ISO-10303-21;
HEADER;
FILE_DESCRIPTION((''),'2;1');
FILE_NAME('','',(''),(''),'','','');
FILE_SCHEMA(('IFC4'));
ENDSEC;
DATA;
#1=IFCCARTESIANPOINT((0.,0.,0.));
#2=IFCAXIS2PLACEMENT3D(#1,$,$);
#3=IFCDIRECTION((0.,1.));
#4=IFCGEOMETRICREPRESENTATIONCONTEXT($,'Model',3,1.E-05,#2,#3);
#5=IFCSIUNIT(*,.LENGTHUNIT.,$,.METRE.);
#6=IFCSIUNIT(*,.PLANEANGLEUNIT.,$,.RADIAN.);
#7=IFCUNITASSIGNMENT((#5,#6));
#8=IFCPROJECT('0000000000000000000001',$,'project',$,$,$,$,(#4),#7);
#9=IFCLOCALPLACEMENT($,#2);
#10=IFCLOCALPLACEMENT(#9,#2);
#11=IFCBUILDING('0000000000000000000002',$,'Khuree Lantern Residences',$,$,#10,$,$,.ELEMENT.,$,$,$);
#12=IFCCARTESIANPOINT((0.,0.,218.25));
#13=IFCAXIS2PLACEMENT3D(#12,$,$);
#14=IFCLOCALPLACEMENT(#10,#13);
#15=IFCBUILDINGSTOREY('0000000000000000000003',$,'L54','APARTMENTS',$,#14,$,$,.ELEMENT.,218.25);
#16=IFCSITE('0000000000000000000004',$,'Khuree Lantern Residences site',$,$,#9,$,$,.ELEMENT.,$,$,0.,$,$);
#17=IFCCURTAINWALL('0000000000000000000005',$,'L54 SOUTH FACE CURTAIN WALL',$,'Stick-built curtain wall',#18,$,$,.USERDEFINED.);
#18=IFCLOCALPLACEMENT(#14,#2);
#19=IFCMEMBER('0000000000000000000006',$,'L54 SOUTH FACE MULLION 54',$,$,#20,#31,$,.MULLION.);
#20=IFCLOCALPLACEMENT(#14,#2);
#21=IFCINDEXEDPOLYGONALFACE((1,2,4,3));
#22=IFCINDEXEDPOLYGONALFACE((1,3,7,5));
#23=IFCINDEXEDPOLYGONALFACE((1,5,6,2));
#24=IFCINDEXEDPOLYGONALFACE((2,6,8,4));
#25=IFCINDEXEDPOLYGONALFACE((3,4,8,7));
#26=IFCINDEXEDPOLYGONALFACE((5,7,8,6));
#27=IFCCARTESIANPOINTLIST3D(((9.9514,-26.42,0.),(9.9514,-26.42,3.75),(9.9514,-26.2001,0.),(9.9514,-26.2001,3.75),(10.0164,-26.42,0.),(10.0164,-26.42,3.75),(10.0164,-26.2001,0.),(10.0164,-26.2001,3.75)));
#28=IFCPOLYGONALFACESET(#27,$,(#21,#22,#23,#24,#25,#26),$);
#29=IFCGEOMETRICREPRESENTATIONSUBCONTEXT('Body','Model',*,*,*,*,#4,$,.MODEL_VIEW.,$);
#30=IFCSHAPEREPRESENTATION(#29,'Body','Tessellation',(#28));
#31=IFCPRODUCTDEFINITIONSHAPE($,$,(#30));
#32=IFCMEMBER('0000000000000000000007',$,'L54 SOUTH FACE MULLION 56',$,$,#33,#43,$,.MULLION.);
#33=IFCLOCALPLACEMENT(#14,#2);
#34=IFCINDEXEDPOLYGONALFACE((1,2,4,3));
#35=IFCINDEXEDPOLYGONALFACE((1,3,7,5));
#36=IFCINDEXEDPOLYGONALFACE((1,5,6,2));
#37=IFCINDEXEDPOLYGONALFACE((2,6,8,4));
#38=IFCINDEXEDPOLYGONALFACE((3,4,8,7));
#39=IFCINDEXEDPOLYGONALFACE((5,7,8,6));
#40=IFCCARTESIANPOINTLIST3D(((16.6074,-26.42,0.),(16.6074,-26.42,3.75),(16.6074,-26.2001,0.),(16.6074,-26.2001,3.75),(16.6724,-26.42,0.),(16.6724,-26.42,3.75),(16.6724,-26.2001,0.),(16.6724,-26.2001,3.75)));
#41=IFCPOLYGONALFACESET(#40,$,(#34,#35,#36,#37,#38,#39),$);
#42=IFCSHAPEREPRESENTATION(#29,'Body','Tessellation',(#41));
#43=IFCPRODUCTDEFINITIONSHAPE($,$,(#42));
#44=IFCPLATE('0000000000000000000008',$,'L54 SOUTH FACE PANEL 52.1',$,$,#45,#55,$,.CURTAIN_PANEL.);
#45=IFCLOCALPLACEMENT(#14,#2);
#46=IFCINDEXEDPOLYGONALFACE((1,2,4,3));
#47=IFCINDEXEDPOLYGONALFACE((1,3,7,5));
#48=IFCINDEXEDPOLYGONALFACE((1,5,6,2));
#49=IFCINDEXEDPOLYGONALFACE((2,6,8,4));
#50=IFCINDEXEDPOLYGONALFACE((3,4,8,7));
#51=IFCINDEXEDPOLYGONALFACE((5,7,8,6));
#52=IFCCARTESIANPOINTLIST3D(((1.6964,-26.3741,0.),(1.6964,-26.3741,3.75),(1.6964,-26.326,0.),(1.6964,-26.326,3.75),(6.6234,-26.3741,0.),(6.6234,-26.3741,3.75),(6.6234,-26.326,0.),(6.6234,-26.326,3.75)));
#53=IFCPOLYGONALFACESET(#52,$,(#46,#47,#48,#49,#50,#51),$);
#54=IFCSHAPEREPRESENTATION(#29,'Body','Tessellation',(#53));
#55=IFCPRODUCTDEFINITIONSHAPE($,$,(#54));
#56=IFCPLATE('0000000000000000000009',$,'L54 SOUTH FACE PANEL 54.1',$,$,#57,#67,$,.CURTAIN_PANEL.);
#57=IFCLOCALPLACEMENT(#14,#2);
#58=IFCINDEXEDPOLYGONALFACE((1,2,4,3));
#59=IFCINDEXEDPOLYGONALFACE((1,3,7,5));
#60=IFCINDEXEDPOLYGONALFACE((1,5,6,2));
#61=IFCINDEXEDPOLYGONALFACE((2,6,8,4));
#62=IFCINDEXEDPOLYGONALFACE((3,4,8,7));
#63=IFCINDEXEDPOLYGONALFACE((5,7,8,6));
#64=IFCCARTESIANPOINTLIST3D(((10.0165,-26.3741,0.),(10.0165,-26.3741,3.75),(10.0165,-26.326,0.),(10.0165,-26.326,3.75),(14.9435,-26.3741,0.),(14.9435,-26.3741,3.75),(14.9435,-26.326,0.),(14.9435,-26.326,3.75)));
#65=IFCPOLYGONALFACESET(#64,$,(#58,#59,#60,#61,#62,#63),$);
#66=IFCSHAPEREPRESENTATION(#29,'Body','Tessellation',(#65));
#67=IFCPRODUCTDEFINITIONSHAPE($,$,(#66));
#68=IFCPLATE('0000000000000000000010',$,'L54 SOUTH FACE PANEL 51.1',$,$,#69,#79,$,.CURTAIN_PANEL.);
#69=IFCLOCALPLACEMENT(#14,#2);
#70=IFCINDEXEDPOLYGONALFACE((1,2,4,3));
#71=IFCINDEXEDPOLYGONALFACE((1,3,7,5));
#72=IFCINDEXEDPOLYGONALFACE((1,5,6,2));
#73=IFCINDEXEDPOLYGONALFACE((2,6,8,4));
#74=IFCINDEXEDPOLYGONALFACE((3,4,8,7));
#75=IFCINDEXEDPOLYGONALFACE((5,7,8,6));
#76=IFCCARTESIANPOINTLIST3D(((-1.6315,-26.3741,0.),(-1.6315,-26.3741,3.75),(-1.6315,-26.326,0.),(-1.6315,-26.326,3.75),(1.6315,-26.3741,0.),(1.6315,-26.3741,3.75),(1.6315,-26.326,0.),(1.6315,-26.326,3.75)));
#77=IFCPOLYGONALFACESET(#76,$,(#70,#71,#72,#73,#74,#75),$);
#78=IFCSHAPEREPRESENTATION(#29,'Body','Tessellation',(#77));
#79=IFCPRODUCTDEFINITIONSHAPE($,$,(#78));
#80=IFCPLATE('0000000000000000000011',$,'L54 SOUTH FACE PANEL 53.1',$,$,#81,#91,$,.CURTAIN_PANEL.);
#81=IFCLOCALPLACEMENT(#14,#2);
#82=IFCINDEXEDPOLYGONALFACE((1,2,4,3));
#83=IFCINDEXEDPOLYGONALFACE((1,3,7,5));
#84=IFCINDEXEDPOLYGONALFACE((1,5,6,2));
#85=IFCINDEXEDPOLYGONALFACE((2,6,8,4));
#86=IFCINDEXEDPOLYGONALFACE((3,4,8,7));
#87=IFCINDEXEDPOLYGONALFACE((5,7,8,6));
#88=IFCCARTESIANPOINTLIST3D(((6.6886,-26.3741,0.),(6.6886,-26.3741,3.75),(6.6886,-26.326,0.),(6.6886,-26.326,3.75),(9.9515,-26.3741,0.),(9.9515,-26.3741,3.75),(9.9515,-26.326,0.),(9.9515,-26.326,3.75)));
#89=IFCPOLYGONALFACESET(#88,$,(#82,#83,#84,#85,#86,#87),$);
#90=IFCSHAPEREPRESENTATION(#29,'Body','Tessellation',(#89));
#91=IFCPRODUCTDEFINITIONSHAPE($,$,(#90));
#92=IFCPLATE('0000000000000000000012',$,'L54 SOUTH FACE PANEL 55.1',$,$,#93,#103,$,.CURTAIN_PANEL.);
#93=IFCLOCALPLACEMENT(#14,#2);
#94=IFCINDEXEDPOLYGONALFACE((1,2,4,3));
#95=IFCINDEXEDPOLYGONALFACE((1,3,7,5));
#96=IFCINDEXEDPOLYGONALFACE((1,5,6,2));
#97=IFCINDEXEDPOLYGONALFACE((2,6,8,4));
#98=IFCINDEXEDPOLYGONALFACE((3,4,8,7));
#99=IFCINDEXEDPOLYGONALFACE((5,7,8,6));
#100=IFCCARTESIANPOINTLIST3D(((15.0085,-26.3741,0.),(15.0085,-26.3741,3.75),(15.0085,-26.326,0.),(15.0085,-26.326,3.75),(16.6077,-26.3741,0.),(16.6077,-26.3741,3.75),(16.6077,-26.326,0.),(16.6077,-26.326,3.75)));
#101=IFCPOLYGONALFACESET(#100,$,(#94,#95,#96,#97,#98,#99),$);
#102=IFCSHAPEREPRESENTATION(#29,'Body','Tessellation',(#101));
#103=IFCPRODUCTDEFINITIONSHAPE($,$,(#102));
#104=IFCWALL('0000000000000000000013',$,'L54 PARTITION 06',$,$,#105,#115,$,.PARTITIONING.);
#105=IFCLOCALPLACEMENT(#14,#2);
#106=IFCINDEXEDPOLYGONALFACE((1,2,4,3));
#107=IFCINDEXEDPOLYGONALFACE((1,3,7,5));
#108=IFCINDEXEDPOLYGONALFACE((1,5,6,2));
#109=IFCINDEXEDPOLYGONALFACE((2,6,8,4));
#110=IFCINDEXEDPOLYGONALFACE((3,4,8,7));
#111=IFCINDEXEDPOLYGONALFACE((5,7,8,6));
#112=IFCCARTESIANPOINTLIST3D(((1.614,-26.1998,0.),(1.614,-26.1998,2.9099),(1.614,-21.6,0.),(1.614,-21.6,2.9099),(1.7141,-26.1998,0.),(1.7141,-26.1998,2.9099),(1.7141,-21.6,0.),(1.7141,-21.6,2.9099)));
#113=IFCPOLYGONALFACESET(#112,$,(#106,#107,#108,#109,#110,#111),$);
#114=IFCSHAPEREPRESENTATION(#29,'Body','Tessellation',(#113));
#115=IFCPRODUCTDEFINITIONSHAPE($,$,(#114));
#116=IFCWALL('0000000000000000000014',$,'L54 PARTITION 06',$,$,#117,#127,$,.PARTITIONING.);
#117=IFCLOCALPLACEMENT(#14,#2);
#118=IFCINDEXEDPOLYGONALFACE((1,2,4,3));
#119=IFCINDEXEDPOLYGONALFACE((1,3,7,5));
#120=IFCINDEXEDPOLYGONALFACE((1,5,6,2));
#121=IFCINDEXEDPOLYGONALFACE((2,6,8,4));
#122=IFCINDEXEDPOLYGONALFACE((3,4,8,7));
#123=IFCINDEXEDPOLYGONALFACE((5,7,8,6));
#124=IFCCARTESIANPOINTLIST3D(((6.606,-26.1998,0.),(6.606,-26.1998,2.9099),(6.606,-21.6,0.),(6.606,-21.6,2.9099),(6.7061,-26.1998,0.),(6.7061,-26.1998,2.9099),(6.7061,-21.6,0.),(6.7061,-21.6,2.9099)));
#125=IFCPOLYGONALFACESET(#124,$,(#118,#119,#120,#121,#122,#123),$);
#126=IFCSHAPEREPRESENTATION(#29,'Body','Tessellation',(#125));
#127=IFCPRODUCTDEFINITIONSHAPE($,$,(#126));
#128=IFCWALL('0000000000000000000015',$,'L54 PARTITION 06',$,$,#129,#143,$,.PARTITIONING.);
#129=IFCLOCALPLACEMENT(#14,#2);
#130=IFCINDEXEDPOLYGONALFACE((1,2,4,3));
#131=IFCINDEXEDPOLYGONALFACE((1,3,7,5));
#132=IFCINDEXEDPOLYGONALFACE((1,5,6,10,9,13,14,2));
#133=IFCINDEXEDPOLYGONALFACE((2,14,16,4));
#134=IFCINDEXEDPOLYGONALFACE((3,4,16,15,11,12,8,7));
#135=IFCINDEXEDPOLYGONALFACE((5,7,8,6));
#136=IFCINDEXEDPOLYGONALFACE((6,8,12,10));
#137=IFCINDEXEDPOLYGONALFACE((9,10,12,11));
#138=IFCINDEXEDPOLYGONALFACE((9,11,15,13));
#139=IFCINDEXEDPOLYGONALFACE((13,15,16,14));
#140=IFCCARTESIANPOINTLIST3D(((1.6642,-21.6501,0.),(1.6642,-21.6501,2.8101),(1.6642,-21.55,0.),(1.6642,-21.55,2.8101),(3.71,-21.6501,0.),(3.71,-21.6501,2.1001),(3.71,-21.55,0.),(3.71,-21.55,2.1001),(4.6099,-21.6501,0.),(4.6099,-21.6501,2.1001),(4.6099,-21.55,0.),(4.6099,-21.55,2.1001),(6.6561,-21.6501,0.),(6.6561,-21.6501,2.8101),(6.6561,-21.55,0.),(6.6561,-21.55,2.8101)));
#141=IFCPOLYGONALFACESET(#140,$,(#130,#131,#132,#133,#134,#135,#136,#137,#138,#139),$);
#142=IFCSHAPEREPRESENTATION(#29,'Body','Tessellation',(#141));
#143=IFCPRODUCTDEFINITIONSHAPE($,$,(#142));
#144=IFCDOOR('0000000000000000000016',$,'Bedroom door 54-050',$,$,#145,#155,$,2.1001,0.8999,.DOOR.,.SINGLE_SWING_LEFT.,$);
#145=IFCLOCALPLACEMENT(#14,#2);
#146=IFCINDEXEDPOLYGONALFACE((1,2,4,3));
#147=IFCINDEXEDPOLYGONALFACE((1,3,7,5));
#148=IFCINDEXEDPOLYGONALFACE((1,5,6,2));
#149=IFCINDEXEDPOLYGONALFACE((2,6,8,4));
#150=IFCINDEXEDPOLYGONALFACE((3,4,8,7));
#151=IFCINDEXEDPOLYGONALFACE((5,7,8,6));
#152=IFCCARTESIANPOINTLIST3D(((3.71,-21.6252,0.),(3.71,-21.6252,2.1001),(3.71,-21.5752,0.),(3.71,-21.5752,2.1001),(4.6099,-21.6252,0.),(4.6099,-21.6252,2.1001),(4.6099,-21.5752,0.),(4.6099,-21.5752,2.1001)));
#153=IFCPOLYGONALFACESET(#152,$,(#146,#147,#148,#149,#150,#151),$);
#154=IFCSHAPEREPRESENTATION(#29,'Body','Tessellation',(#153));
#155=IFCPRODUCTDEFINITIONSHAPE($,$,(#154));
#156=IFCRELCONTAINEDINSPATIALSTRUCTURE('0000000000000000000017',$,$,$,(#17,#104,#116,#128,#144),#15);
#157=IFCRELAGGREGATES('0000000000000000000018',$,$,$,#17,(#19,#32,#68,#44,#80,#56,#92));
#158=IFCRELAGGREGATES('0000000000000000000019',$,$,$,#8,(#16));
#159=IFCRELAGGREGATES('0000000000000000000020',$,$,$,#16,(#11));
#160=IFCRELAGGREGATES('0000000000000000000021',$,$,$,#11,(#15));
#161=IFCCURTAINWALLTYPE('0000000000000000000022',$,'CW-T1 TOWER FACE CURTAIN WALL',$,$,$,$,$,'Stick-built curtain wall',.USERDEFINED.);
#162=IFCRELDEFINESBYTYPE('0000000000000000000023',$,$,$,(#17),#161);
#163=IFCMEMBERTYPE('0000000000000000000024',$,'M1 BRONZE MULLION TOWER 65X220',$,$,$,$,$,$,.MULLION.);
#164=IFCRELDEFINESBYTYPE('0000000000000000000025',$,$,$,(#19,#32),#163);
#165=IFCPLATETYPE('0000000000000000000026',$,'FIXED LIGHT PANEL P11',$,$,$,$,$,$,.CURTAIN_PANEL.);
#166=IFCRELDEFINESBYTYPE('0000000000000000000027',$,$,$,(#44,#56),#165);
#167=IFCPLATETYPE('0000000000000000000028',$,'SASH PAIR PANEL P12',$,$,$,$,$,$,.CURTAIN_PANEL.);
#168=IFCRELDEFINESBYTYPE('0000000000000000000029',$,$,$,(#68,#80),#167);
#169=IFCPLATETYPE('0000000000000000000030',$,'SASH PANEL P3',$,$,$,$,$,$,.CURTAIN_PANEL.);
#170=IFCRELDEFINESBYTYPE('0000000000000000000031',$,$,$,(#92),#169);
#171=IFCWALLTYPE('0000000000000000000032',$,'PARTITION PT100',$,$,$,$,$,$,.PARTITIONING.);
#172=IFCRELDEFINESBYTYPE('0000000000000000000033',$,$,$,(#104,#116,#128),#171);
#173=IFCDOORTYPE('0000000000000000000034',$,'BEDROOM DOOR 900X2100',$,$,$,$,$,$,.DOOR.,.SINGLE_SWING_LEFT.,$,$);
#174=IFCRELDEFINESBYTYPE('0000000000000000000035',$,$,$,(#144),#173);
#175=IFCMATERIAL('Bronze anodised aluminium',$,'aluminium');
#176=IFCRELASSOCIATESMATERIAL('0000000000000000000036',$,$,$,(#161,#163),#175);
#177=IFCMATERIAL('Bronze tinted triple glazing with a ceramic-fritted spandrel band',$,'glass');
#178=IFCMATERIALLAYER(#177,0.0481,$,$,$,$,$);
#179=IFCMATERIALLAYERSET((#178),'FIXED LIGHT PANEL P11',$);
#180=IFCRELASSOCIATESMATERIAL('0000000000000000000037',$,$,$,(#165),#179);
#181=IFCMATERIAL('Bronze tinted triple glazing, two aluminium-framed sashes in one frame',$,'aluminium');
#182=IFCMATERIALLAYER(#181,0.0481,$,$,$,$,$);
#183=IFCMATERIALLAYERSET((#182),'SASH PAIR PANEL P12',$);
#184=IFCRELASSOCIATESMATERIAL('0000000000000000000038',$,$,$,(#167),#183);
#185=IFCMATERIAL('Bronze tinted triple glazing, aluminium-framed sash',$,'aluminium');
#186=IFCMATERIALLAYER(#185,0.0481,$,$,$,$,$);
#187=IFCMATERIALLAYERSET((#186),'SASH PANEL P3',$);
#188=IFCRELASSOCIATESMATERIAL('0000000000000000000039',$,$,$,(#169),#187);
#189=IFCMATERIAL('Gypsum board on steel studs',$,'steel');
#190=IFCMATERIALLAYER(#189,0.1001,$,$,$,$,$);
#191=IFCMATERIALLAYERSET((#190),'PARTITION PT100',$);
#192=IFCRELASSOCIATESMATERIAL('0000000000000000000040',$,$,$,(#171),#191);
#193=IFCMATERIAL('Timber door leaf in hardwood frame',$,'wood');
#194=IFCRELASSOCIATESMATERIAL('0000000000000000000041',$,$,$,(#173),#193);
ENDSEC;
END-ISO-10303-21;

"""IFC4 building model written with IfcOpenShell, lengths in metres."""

from ifc_helpers import new_model, si_unit, direction, frame, frame_2d, origin, origin_2d, place, context, subcontext, project, spatial, rectangle, extrude, material, layer, layer_set, material_profile, profile_set, type_object, element, fill, aggregate, save


model = new_model("IFC4")

# Units and contexts
model_context = context("Model", 3, precision=1e-05, world=origin(), true_north=direction((0.0, 1.0)))
body_context = subcontext(model_context, "Body", "Model", "MODEL_VIEW")
ifc_project = project(units=[si_unit("LENGTHUNIT", "METRE"), si_unit("PLANEANGLEUNIT", "RADIAN")], contexts=[model_context])

# Site, building, storey
site_placement = place(None, origin())
site = spatial("IfcSite", under=ifc_project, at=site_placement, Name="Khuree Lantern Residences site", CompositionType="ELEMENT", RefElevation=0.0)
building_placement = place(site_placement, origin())
building = spatial("IfcBuilding", under=site, at=building_placement, Name="Khuree Lantern Residences", CompositionType="ELEMENT")
storey_placement = place(building_placement, frame((0.0, 0.0, 218.25)))
storey = spatial("IfcBuildingStorey", under=building, at=storey_placement, Name="L54", Description="APARTMENTS", CompositionType="ELEMENT", Elevation=218.25)

# Curtain wall
ifc_material_1 = material(Name="Bronze anodised aluminium", Category="aluminium")
curtain_wall_type = type_object("IfcCurtainWallType", Name="CW-T1 TOWER FACE CURTAIN WALL", ElementType="Stick-built curtain wall", PredefinedType="USERDEFINED", material=ifc_material_1)
curtain_wall_placement = place(storey_placement, origin())
curtain_wall = element("IfcCurtainWall", 1, at=curtain_wall_placement, inside=storey, type_object=curtain_wall_type, Name="L54 SOUTH FACE CURTAIN WALL", ObjectType="Stick-built curtain wall", PredefinedType="USERDEFINED")

# Members
ifc_material_profile_1 = material_profile(ifc_material_1, rectangle(XDim=0.0649, YDim=0.22, at=origin_2d()), Name="M1 65X220")
ifc_profile_set_1 = profile_set([ifc_material_profile_1], Name="Bronze anodised aluminium")
member_type_1 = type_object("IfcMemberType", Name="M1 BRONZE MULLION TOWER 65X220", PredefinedType="MULLION", material=ifc_profile_set_1)
member_1_placement = place(storey_placement, frame((9.9839, -26.3101, 0.0), z_axis=(0.0, 0.0, 1.0), x_axis=(1.0, 0.0, 0.0)))
member_1 = element("IfcMember", 2, at=member_1_placement, type_object=member_type_1, Name="L54 SOUTH FACE MULLION 54", PredefinedType="MULLION", context=body_context, shape_type="SweptSolid", body=[
    extrude(rectangle(XDim=0.0649, YDim=0.22, at=origin_2d()), origin(), (0.0, 0.0, 1.0), 3.75),
])
member_2_placement = place(storey_placement, frame((16.6399, -26.3101, 0.0), z_axis=(0.0, 0.0, 1.0), x_axis=(1.0, 0.0, 0.0)))
member_2 = element("IfcMember", 3, at=member_2_placement, type_object=member_type_1, Name="L54 SOUTH FACE MULLION 56", PredefinedType="MULLION", context=body_context, shape_type="SweptSolid", body=[
    extrude(rectangle(XDim=0.0649, YDim=0.22, at=origin_2d()), origin(), (0.0, 0.0, 1.0), 3.75),
])

# Plates
ifc_material_2 = material(Name="Bronze tinted triple glazing with a ceramic-fritted spandrel band", Category="glass")
ifc_layer_1 = layer(ifc_material_2, 0.0481)
ifc_layer_set_1 = layer_set([ifc_layer_1], Name="FIXED LIGHT PANEL P11")
plate_type_1 = type_object("IfcPlateType", Name="FIXED LIGHT PANEL P11", PredefinedType="CURTAIN_PANEL", material=ifc_layer_set_1)
plate_1_placement = place(storey_placement, frame((4.1599, -26.3501, 0.0), z_axis=(0.0, 0.0, 1.0), x_axis=(1.0, 0.0, 0.0)))
plate_1 = element("IfcPlate", 4, at=plate_1_placement, type_object=plate_type_1, Name="L54 SOUTH FACE PANEL 52.1", PredefinedType="CURTAIN_PANEL", context=body_context, shape_type="SweptSolid", body=[
    extrude(rectangle(XDim=4.927, YDim=0.0481, at=origin_2d()), origin(), (0.0, 0.0, 1.0), 3.75),
])
plate_2_placement = place(storey_placement, frame((12.48, -26.3501, 0.0), z_axis=(0.0, 0.0, 1.0), x_axis=(1.0, 0.0, 0.0)))
plate_2 = element("IfcPlate", 5, at=plate_2_placement, type_object=plate_type_1, Name="L54 SOUTH FACE PANEL 54.1", PredefinedType="CURTAIN_PANEL", context=body_context, shape_type="SweptSolid", body=[
    extrude(rectangle(XDim=4.927, YDim=0.0481, at=origin_2d()), origin(), (0.0, 0.0, 1.0), 3.75),
])
ifc_material_3 = material(Name="Bronze tinted triple glazing, two aluminium-framed sashes in one frame", Category="aluminium")
ifc_layer_2 = layer(ifc_material_3, 0.0481)
ifc_layer_set_2 = layer_set([ifc_layer_2], Name="SASH PAIR PANEL P12")
plate_type_2 = type_object("IfcPlateType", Name="SASH PAIR PANEL P12", PredefinedType="CURTAIN_PANEL", material=ifc_layer_set_2)
plate_3_placement = place(storey_placement, frame((0.0, -26.3501, 0.0), z_axis=(0.0, 0.0, 1.0), x_axis=(1.0, 0.0, 0.0)))
plate_3 = element("IfcPlate", 6, at=plate_3_placement, type_object=plate_type_2, Name="L54 SOUTH FACE PANEL 51.1", PredefinedType="CURTAIN_PANEL", context=body_context, shape_type="SweptSolid", body=[
    extrude(rectangle(XDim=3.2629, YDim=0.0481, at=origin_2d()), origin(), (0.0, 0.0, 1.0), 3.75),
])
plate_4_placement = place(storey_placement, frame((8.3201, -26.3501, 0.0), z_axis=(0.0, 0.0, 1.0), x_axis=(1.0, 0.0, 0.0)))
plate_4 = element("IfcPlate", 7, at=plate_4_placement, type_object=plate_type_2, Name="L54 SOUTH FACE PANEL 53.1", PredefinedType="CURTAIN_PANEL", context=body_context, shape_type="SweptSolid", body=[
    extrude(rectangle(XDim=3.2629, YDim=0.0481, at=origin_2d()), origin(), (0.0, 0.0, 1.0), 3.75),
])
ifc_material_4 = material(Name="Bronze tinted triple glazing, aluminium-framed sash", Category="aluminium")
ifc_layer_3 = layer(ifc_material_4, 0.0481)
ifc_layer_set_3 = layer_set([ifc_layer_3], Name="SASH PANEL P3")
plate_type_3 = type_object("IfcPlateType", Name="SASH PANEL P3", PredefinedType="CURTAIN_PANEL", material=ifc_layer_set_3)
plate_5_placement = place(storey_placement, frame((15.8081, -26.3501, 0.0), z_axis=(0.0, 0.0, 1.0), x_axis=(1.0, 0.0, 0.0)))
plate_5 = element("IfcPlate", 8, at=plate_5_placement, type_object=plate_type_3, Name="L54 SOUTH FACE PANEL 55.1", PredefinedType="CURTAIN_PANEL", context=body_context, shape_type="SweptSolid", body=[
    extrude(rectangle(XDim=1.5991, YDim=0.0481, at=origin_2d()), origin(), (0.0, 0.0, 1.0), 3.75),
])
aggregate(curtain_wall, [member_1, member_2, plate_3, plate_1, plate_4, plate_2, plate_5])

# Walls
ifc_material_5 = material(Name="Gypsum board on steel studs", Category="steel")
ifc_layer_4 = layer(ifc_material_5, 0.1001)
ifc_layer_set_4 = layer_set([ifc_layer_4], Name="PARTITION PT100")
wall_type = type_object("IfcWallType", Name="PARTITION PT100", PredefinedType="PARTITIONING", material=ifc_layer_set_4)
for number, where, z_axis, x_axis, name in (
    (9, (1.6641, -21.6001, 0.0), (0.0, 0.0, 1.0), (0.0, -1.0, 0.0), "L54 PARTITION 06"),
    (10, (6.656, -21.6001, 0.0), (0.0, 0.0, 1.0), (0.0, -1.0, 0.0), "L54 PARTITION 06"),
):
    element("IfcWall", number, at=place(storey_placement, frame(where, z_axis=z_axis, x_axis=x_axis)), inside=storey, type_object=wall_type, Name=name, PredefinedType="PARTITIONING", context=body_context, shape_type="SweptSolid", body=[
        extrude(rectangle(XDim=4.5999, YDim=0.1001, at=frame_2d((2.2998, 0.0))), origin(), (0.0, 0.0, 1.0), 2.9099),
    ])

# Wall, opening, door
wall_1_placement = place(storey_placement, frame((1.6641, -21.6001, 0.0), z_axis=(0.0, 0.0, 1.0), x_axis=(1.0, 0.0, 0.0)))
wall_1 = element("IfcWall", 11, at=wall_1_placement, inside=storey, type_object=wall_type, Name="L54 PARTITION 06", PredefinedType="PARTITIONING", context=body_context, shape_type="SweptSolid", body=[
    extrude(rectangle(XDim=4.9919, YDim=0.1001, at=frame_2d((2.4961, 0.0))), origin(), (0.0, 0.0, 1.0), 2.8101),
])
opening_1_placement = place(wall_1_placement, frame((2.0459, 0.0, 0.0)))
opening_1 = element("IfcOpeningElement", 12, at=opening_1_placement, cuts=wall_1, PredefinedType="OPENING", context=body_context, shape_type="SweptSolid", body=[
    extrude(rectangle(XDim=0.8999, YDim=2.1001, at=frame_2d((0.45, 1.05))), frame((0.0, 0.0601, 0.0), z_axis=(0.0, -1.0, 0.0), x_axis=(1.0, 0.0, 0.0)), (0.0, 0.0, 1.0), 0.1201),
])
ifc_material_6 = material(Name="Timber door leaf in hardwood frame", Category="wood")
door_type_1 = type_object("IfcDoorType", Name="BEDROOM DOOR 900X2100", OperationType="SINGLE_SWING_LEFT", PredefinedType="DOOR", material=ifc_material_6)
door_1_placement = place(opening_1_placement, origin())
door_1 = element("IfcDoor", 13, at=door_1_placement, inside=storey, type_object=door_type_1, Name="Bedroom door 54-050", OperationType="SINGLE_SWING_LEFT", OverallHeight=2.1001, OverallWidth=0.8999, PredefinedType="DOOR", context=body_context, shape_type="SweptSolid", body=[
    extrude(rectangle(XDim=0.8999, YDim=2.1001, at=frame_2d((0.45, 1.05))), frame((0.0, 0.0249, 0.0), z_axis=(0.0, -1.0, 0.0), x_axis=(1.0, 0.0, 0.0)), (0.0, 0.0, 1.0), 0.05),
])
fill(opening_1, door_1)

save(model, "model.ifc")
